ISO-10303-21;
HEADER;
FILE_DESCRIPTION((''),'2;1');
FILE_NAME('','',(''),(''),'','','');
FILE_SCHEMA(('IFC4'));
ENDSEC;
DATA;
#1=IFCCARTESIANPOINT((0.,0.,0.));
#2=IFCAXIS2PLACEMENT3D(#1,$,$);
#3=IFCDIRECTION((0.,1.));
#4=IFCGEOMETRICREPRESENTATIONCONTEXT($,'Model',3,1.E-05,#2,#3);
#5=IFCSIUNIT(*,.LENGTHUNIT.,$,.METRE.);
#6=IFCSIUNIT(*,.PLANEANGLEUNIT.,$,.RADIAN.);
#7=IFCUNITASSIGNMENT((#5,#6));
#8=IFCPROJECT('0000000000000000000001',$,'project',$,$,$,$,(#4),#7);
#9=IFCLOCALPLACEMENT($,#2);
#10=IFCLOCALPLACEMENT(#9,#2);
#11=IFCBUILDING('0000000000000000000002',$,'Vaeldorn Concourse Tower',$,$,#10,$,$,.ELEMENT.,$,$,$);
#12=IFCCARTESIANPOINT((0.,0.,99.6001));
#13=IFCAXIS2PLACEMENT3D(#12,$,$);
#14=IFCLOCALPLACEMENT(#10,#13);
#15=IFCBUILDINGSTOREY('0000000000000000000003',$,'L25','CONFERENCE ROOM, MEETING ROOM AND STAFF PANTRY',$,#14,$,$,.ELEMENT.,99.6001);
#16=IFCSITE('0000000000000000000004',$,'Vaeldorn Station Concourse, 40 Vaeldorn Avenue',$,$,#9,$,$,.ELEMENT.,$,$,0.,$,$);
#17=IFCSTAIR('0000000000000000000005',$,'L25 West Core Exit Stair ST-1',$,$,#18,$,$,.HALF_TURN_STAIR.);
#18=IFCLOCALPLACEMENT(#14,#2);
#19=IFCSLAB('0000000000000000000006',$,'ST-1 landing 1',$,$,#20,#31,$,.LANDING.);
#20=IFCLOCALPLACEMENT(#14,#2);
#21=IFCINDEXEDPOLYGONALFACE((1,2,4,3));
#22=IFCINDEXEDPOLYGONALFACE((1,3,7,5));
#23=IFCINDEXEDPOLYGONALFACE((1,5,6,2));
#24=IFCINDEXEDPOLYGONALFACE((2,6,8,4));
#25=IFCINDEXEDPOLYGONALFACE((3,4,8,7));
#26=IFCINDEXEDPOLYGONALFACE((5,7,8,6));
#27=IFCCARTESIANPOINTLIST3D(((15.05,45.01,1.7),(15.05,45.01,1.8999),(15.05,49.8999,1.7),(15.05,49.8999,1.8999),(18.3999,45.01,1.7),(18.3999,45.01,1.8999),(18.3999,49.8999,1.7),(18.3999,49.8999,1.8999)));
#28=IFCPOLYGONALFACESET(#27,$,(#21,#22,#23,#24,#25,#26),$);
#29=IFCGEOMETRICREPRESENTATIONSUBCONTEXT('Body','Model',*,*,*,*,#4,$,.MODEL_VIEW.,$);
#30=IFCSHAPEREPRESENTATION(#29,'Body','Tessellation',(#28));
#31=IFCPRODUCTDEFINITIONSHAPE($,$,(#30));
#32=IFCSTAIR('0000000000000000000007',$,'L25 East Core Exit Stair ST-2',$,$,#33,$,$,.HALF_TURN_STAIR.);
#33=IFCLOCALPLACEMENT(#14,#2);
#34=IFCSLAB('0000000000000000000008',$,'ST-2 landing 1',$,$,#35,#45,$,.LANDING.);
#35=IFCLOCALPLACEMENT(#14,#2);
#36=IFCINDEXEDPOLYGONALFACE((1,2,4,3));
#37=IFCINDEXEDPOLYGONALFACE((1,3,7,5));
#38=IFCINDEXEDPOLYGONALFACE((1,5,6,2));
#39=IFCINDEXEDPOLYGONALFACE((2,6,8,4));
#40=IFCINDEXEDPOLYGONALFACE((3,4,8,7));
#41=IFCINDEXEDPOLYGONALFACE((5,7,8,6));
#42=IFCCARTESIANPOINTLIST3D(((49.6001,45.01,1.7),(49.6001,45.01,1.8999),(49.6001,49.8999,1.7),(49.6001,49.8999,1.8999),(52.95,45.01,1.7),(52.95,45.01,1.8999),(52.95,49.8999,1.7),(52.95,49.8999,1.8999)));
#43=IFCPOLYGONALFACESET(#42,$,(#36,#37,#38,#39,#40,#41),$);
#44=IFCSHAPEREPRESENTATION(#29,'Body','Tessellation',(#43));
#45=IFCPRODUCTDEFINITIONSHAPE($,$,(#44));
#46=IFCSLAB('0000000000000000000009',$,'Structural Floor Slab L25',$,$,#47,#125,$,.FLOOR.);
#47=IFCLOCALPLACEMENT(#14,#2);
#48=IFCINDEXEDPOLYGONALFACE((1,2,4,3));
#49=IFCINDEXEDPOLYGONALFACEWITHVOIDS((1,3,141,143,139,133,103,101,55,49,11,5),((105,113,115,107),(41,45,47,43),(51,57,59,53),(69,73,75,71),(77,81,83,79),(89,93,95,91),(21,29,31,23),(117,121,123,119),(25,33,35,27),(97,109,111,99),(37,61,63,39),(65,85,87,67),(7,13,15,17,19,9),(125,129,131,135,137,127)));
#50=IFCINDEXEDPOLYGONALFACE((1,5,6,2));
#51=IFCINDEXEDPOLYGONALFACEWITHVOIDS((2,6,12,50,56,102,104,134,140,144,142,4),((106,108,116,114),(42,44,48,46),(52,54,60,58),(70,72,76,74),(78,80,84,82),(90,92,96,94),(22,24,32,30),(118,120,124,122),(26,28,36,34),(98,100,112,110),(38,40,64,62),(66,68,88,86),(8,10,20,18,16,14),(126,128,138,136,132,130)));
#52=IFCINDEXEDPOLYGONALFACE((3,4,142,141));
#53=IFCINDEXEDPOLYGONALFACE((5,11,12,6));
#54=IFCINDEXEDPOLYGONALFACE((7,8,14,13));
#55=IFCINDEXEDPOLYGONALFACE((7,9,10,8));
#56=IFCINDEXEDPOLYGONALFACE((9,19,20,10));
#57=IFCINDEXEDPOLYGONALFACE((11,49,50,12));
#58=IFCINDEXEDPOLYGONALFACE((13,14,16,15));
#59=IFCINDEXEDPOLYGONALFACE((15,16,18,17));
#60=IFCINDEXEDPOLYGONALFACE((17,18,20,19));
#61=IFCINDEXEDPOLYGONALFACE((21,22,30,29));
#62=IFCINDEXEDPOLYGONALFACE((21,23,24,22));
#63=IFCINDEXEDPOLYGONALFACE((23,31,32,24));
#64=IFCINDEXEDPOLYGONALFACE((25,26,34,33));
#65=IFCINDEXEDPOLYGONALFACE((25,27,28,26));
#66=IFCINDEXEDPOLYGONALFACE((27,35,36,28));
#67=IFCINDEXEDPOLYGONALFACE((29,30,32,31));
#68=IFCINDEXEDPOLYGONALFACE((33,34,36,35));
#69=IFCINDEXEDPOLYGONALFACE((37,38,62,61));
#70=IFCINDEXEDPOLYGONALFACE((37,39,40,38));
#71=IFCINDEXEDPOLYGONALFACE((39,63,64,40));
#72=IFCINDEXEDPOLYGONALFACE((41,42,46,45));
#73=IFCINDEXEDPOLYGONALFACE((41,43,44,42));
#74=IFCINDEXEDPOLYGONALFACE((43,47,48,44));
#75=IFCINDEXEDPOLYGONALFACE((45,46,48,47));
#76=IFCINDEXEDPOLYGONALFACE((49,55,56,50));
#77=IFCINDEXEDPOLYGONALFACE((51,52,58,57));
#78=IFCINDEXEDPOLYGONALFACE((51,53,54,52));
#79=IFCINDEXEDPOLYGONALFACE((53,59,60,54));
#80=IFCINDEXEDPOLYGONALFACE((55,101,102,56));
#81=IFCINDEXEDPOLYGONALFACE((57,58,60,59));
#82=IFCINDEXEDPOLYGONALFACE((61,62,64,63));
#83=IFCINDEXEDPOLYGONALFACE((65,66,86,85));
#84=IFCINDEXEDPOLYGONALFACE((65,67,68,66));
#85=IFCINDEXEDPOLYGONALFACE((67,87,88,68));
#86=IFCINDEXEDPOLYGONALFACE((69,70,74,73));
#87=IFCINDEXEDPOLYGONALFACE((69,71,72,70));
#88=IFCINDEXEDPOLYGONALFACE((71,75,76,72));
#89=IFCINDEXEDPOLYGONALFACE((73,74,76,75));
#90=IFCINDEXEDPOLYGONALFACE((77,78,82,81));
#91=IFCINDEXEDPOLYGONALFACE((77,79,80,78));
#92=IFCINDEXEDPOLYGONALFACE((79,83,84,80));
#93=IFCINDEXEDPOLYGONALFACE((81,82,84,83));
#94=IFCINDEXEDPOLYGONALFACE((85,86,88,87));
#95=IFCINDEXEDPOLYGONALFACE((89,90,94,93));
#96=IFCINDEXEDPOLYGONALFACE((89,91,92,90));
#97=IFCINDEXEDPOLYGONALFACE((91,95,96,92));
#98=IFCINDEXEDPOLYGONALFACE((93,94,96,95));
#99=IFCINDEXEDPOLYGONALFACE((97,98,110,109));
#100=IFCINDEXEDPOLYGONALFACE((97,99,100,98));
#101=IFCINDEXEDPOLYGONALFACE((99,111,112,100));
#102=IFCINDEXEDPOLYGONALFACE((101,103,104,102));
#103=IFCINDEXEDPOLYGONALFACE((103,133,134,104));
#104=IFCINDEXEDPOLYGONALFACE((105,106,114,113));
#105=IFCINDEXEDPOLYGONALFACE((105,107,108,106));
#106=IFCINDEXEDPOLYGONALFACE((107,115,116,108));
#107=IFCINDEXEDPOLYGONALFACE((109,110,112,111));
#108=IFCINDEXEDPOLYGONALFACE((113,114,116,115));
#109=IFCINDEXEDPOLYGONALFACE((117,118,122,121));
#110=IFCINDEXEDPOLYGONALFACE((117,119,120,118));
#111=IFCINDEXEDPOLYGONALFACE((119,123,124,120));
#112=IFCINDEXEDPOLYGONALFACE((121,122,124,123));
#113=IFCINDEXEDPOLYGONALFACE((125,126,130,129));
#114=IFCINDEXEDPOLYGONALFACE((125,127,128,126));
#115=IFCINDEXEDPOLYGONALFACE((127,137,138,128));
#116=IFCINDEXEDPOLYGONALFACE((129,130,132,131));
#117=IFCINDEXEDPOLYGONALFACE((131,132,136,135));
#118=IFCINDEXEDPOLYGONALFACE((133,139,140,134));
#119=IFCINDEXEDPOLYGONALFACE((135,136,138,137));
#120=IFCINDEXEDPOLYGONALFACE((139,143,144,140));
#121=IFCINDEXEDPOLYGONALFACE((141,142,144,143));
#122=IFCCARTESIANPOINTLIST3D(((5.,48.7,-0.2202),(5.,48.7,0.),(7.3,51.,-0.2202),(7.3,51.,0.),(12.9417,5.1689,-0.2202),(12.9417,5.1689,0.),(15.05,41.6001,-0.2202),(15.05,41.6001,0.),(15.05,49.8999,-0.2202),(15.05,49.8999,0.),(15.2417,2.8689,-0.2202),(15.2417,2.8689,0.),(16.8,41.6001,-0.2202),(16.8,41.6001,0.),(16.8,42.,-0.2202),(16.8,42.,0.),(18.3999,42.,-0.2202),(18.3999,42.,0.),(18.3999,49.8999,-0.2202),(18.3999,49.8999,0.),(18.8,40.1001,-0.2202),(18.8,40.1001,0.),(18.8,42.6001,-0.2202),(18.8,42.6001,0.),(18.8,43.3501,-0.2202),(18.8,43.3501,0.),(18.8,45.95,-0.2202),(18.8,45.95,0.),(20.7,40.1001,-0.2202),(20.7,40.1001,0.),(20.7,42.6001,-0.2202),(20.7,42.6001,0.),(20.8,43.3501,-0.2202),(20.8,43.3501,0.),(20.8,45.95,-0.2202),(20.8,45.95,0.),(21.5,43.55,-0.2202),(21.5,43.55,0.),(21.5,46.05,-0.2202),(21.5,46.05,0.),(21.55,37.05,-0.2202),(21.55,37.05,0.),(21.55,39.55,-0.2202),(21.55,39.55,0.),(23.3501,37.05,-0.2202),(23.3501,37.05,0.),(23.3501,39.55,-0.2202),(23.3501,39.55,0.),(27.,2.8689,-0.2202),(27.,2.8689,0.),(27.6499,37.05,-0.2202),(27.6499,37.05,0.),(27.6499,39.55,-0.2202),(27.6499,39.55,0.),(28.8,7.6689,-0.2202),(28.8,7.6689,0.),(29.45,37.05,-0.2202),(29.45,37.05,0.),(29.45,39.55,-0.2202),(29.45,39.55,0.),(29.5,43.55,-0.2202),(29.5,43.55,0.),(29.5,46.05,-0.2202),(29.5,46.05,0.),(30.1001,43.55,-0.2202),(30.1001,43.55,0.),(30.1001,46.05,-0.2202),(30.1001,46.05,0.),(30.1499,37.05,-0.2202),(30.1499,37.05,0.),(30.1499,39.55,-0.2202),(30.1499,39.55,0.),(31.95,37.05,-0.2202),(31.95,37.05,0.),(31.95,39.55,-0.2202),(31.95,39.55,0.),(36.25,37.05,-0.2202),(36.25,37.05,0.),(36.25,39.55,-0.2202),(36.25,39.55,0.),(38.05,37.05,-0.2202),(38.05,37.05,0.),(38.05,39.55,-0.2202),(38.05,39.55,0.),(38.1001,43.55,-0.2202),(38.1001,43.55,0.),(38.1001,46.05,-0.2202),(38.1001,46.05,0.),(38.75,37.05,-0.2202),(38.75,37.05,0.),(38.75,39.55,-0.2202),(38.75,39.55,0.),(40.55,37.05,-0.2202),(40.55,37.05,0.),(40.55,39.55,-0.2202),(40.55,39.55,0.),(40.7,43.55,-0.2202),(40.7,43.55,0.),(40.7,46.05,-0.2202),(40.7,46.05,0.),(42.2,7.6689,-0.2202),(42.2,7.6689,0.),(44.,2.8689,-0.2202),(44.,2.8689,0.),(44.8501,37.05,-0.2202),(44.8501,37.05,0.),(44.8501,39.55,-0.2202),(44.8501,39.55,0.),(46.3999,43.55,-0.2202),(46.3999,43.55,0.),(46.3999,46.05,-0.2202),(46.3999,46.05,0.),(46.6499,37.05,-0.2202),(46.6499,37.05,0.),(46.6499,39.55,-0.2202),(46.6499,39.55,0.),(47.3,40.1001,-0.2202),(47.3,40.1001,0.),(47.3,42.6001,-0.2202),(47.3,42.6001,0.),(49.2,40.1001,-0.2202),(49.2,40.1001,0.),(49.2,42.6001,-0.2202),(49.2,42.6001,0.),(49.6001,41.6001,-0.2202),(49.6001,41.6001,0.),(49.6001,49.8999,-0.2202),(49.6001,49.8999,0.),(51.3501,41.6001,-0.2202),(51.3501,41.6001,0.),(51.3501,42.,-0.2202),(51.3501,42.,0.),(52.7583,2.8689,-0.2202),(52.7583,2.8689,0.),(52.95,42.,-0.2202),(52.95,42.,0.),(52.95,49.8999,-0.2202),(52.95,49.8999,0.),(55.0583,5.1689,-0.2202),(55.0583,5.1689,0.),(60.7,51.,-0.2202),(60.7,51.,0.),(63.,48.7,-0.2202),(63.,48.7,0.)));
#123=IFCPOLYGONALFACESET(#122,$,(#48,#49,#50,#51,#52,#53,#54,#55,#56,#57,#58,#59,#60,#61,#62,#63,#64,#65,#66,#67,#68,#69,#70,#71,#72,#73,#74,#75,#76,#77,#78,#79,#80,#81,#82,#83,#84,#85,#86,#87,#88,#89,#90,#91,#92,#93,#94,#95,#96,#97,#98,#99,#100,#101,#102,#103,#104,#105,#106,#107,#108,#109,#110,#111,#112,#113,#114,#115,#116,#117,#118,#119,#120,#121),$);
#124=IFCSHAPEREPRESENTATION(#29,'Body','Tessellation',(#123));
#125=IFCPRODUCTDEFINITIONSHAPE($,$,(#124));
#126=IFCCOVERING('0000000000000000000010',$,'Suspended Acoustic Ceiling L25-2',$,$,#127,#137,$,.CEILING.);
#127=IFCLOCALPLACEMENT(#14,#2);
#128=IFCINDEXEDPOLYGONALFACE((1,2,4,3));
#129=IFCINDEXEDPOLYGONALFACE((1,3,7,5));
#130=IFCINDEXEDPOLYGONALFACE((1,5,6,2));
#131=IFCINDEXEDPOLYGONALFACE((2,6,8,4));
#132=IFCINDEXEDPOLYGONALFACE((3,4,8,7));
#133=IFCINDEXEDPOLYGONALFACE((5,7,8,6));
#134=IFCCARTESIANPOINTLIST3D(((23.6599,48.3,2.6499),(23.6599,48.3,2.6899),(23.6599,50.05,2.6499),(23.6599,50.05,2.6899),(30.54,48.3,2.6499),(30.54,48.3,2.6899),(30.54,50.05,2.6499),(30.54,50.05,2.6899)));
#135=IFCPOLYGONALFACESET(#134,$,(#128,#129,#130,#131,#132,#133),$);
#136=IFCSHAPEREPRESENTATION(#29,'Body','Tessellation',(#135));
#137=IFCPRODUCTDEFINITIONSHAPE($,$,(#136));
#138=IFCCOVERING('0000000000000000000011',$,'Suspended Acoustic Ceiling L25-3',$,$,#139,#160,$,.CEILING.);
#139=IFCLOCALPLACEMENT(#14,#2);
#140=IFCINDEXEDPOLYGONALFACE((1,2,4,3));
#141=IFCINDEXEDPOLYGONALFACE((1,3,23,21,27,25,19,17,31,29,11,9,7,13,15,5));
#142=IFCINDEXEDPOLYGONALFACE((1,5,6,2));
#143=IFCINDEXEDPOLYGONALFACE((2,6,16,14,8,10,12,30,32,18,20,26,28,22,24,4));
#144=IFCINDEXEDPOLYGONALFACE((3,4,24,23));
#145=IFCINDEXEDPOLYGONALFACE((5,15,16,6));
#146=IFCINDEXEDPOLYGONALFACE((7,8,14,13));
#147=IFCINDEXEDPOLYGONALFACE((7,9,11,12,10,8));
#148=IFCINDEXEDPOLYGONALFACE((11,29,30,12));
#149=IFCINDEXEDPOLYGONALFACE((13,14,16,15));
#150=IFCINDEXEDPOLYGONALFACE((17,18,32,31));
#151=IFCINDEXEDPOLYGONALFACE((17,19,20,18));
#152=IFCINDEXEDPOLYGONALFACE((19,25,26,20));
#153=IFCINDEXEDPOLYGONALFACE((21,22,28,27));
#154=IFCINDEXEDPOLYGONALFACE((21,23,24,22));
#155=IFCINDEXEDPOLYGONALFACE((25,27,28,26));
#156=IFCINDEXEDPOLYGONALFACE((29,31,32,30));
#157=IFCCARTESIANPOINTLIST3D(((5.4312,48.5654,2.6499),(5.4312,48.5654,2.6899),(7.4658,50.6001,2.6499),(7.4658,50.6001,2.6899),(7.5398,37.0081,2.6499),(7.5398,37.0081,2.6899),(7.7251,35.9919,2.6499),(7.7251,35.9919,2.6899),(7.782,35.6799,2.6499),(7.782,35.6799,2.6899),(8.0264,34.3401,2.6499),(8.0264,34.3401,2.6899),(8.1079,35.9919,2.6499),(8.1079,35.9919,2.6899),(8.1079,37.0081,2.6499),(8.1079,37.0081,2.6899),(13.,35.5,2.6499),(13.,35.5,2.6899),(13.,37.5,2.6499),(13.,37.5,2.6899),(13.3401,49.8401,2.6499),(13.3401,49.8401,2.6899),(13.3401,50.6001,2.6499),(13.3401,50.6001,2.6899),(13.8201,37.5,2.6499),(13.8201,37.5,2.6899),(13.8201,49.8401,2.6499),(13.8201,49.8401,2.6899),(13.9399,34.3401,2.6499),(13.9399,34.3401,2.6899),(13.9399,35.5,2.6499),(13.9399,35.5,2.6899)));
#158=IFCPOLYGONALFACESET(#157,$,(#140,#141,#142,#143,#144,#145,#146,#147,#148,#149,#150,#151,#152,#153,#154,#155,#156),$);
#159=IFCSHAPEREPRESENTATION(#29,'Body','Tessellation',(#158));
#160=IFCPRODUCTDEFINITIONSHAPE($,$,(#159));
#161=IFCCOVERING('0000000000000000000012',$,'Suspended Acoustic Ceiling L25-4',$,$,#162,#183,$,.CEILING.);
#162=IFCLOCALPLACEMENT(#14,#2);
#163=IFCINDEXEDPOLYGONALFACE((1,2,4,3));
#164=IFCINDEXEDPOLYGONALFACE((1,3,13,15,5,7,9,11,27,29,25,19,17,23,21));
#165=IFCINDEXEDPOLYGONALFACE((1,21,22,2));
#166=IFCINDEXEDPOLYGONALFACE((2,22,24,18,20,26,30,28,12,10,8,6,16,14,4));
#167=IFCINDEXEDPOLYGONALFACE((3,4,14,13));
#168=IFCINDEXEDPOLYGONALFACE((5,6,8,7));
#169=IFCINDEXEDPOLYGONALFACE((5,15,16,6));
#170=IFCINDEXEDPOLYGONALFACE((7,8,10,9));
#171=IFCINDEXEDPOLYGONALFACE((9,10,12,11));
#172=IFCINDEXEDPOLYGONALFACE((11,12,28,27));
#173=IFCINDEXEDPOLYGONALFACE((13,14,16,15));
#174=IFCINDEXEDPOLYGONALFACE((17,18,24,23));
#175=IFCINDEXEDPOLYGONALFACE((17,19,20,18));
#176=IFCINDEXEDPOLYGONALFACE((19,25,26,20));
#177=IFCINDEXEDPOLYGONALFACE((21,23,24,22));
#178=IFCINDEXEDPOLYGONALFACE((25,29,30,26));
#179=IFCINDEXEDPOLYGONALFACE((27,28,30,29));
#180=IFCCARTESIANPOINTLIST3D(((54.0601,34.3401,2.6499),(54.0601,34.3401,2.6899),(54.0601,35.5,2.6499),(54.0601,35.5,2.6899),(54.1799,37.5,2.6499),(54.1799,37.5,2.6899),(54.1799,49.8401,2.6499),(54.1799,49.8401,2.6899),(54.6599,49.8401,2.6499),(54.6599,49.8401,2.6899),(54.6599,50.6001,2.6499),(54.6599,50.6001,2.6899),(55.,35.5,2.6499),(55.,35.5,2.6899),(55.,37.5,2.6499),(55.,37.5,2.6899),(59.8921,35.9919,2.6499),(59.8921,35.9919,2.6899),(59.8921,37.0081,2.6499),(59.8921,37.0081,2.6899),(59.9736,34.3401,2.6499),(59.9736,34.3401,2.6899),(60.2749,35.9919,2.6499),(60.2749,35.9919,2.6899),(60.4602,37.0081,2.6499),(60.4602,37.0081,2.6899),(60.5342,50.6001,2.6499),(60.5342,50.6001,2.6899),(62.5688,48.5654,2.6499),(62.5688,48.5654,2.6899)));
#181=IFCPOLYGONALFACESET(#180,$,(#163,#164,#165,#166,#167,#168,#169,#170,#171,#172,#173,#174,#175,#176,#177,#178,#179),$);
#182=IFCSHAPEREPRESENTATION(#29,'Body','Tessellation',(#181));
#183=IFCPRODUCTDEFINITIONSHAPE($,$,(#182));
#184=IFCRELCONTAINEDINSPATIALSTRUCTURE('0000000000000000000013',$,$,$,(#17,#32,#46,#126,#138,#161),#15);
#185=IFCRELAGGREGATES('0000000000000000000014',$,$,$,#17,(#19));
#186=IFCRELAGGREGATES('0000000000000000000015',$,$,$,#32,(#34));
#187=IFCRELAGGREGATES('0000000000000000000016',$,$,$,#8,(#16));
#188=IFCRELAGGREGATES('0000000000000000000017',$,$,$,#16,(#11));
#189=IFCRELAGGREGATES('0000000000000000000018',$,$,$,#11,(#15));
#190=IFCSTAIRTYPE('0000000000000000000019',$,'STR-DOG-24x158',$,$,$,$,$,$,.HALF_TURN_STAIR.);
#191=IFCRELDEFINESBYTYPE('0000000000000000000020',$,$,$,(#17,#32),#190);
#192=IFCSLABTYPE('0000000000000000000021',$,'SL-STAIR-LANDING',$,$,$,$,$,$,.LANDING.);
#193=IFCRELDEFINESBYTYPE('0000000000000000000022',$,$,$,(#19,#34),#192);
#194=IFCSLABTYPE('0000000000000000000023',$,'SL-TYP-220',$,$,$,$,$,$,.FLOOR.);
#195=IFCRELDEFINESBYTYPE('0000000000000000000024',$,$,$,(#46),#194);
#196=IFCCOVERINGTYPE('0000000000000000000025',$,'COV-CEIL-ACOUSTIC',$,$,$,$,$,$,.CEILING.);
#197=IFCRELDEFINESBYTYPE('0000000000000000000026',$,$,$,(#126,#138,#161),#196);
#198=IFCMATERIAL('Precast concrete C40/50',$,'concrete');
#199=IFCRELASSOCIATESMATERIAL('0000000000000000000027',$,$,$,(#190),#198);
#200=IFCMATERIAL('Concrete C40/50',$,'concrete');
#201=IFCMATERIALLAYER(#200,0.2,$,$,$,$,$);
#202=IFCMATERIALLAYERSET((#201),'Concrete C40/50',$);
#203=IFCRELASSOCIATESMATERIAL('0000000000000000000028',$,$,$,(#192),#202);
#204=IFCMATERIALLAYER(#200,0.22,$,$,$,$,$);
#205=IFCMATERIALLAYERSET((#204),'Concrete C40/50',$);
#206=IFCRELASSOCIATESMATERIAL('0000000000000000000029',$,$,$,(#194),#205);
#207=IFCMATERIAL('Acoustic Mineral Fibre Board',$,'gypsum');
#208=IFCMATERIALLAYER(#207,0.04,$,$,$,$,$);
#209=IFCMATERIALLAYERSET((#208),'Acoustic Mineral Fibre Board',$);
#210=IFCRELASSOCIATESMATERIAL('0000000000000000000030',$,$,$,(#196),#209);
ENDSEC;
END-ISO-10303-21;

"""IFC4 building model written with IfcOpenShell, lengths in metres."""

from ifc_helpers import new_model, si_unit, direction, frame, origin, place, context, subcontext, project, spatial, polyline, outline, extrude, material, layer, layer_set, type_object, element, aggregate, save


model = new_model("IFC4")

# Units and contexts
model_context = context("Model", 3, precision=1e-05, world=origin(), true_north=direction((0.0, 1.0)))
body_context = subcontext(model_context, "Body", "Model", "MODEL_VIEW")
ifc_project = project(units=[si_unit("LENGTHUNIT", "METRE"), si_unit("PLANEANGLEUNIT", "RADIAN")], contexts=[model_context])

# Site, building, storey
site_placement = place(None, origin())
site = spatial("IfcSite", under=ifc_project, at=site_placement, Name="Vaeldorn Station Concourse, 40 Vaeldorn Avenue", CompositionType="ELEMENT", RefElevation=0.0)
building_placement = place(site_placement, origin())
building = spatial("IfcBuilding", under=site, at=building_placement, Name="Vaeldorn Concourse Tower", CompositionType="ELEMENT")
storey_placement = place(building_placement, frame((0.0, 0.0, 99.6001)))
storey = spatial("IfcBuildingStorey", under=building, at=storey_placement, Name="L25", Description="CONFERENCE ROOM, MEETING ROOM AND STAFF PANTRY", CompositionType="ELEMENT", Elevation=99.6001)

# Stairs, slabs
ifc_material_1 = material(Name="Precast concrete C40/50", Category="concrete")
stair_type = type_object("IfcStairType", Name="STR-DOG-24x158", PredefinedType="HALF_TURN_STAIR", material=ifc_material_1)
stair_1_placement = place(storey_placement, origin())
stair_1 = element("IfcStair", 1, at=stair_1_placement, inside=storey, type_object=stair_type, Name="L25 West Core Exit Stair ST-1", PredefinedType="HALF_TURN_STAIR")
ifc_material_2 = material(Name="Concrete C40/50", Category="concrete")
ifc_layer_1 = layer(ifc_material_2, 0.2)
ifc_layer_set_1 = layer_set([ifc_layer_1], Name="Concrete C40/50")
slab_type_1 = type_object("IfcSlabType", Name="SL-STAIR-LANDING", PredefinedType="LANDING", material=ifc_layer_set_1)
slab_1_placement = place(storey_placement, frame((0.0, 0.0, 1.7)))
slab_1 = element("IfcSlab", 2, at=slab_1_placement, type_object=slab_type_1, Name="ST-1 landing 1", PredefinedType="LANDING", context=body_context, shape_type="SweptSolid", body=[
    extrude(outline(polyline([(18.3999, 45.01), (18.3999, 49.8999), (15.05, 49.8999), (15.05, 45.01), (18.3999, 45.01)])), origin(), (0.0, 0.0, 1.0), 0.2),
])
aggregate(stair_1, [slab_1])
stair_2_placement = place(storey_placement, origin())
stair_2 = element("IfcStair", 3, at=stair_2_placement, inside=storey, type_object=stair_type, Name="L25 East Core Exit Stair ST-2", PredefinedType="HALF_TURN_STAIR")
slab_2_placement = place(storey_placement, frame((0.0, 0.0, 1.7)))
slab_2 = element("IfcSlab", 4, at=slab_2_placement, type_object=slab_type_1, Name="ST-2 landing 1", PredefinedType="LANDING", context=body_context, shape_type="SweptSolid", body=[
    extrude(outline(polyline([(52.95, 45.01), (52.95, 49.8999), (49.6001, 49.8999), (49.6001, 45.01), (52.95, 45.01)])), origin(), (0.0, 0.0, 1.0), 0.2),
])
aggregate(stair_2, [slab_2])

# Slab
ifc_layer_2 = layer(ifc_material_2, 0.22)
ifc_layer_set_2 = layer_set([ifc_layer_2], Name="Concrete C40/50")
slab_type_2 = type_object("IfcSlabType", Name="SL-TYP-220", PredefinedType="FLOOR", material=ifc_layer_set_2)
slab_3_placement = place(storey_placement, frame((0.0, 0.0, -0.2202)))
element("IfcSlab", 5, at=slab_3_placement, inside=storey, type_object=slab_type_2, Name="Structural Floor Slab L25", PredefinedType="FLOOR", context=body_context, shape_type="SweptSolid", body=[
    extrude(outline(polyline([(15.2417, 2.8689), (27.0, 2.8689), (28.8, 7.6689), (42.2, 7.6689), (44.0, 2.8689), (52.7583, 2.8689), (55.0583, 5.1689), (63.0, 48.7), (60.7, 51.0), (7.3, 51.0), (5.0, 48.7), (12.9417, 5.1689), (15.2417, 2.8689)]), holes=[polyline([(18.3999, 42.0), (18.3999, 49.8999), (15.05, 49.8999), (15.05, 41.6001), (16.8, 41.6001), (16.8, 42.0), (18.3999, 42.0)]), polyline([(52.95, 42.0), (52.95, 49.8999), (49.6001, 49.8999), (49.6001, 41.6001), (51.3501, 41.6001), (51.3501, 42.0), (52.95, 42.0)]), polyline([(21.55, 37.05), (23.3501, 37.05), (23.3501, 39.55), (21.55, 39.55), (21.55, 37.05)]), polyline([(27.6499, 37.05), (29.45, 37.05), (29.45, 39.55), (27.6499, 39.55), (27.6499, 37.05)]), polyline([(21.5, 43.55), (29.5, 43.55), (29.5, 46.05), (21.5, 46.05), (21.5, 43.55)]), polyline([(30.1499, 37.05), (31.95, 37.05), (31.95, 39.55), (30.1499, 39.55), (30.1499, 37.05)]), polyline([(36.25, 37.05), (38.05, 37.05), (38.05, 39.55), (36.25, 39.55), (36.25, 37.05)]), polyline([(30.1001, 43.55), (38.1001, 43.55), (38.1001, 46.05), (30.1001, 46.05), (30.1001, 43.55)]), polyline([(38.75, 37.05), (40.55, 37.05), (40.55, 39.55), (38.75, 39.55), (38.75, 37.05)]), polyline([(44.8501, 37.05), (46.6499, 37.05), (46.6499, 39.55), (44.8501, 39.55), (44.8501, 37.05)]), polyline([(40.7, 43.55), (46.3999, 43.55), (46.3999, 46.05), (40.7, 46.05), (40.7, 43.55)]), polyline([(18.8, 43.3501), (20.8, 43.3501), (20.8, 45.95), (18.8, 45.95), (18.8, 43.3501)]), polyline([(18.8, 40.1001), (20.7, 40.1001), (20.7, 42.6001), (18.8, 42.6001), (18.8, 40.1001)]), polyline([(47.3, 40.1001), (49.2, 40.1001), (49.2, 42.6001), (47.3, 42.6001), (47.3, 40.1001)])]), origin(), (0.0, 0.0, 1.0), 0.2202),
])

# Coverings
ifc_material_3 = material(Name="Acoustic Mineral Fibre Board", Category="gypsum")
ifc_layer_3 = layer(ifc_material_3, 0.04)
ifc_layer_set_3 = layer_set([ifc_layer_3], Name="Acoustic Mineral Fibre Board")
covering_type_1 = type_object("IfcCoveringType", Name="COV-CEIL-ACOUSTIC", PredefinedType="CEILING", material=ifc_layer_set_3)
covering_1_placement = place(storey_placement, frame((0.0, 0.0, 2.6499)))
element("IfcCovering", 6, at=covering_1_placement, inside=storey, type_object=covering_type_1, Name="Suspended Acoustic Ceiling L25-2", PredefinedType="CEILING", context=body_context, shape_type="SweptSolid", body=[
    extrude(outline(polyline([(30.54, 50.05), (30.54, 48.3), (23.6599, 48.3), (23.6599, 50.05), (30.54, 50.05)])), origin(), (0.0, 0.0, 1.0), 0.04),
])
covering_2_placement = place(storey_placement, frame((0.0, 0.0, 2.6499)))
element("IfcCovering", 7, at=covering_2_placement, inside=storey, type_object=covering_type_1, Name="Suspended Acoustic Ceiling L25-3", PredefinedType="CEILING", context=body_context, shape_type="SweptSolid", body=[
    extrude(outline(polyline([(7.4658, 50.6001), (13.3401, 50.6001), (13.3401, 49.8401), (13.8201, 49.8401), (13.8201, 37.5), (13.0, 37.5), (13.0, 35.5), (13.9399, 35.5), (13.9399, 34.3401), (8.0264, 34.3401), (7.782, 35.6799), (7.782, 35.6799), (7.7251, 35.9919), (8.1079, 35.9919), (8.1079, 37.0081), (7.5398, 37.0081), (5.4312, 48.5654), (7.4658, 50.6001)])), origin(), (0.0, 0.0, 1.0), 0.04),
])
covering_3_placement = place(storey_placement, frame((0.0, 0.0, 2.6499)))
element("IfcCovering", 8, at=covering_3_placement, inside=storey, type_object=covering_type_1, Name="Suspended Acoustic Ceiling L25-4", PredefinedType="CEILING", context=body_context, shape_type="SweptSolid", body=[
    extrude(outline(polyline([(54.1799, 49.8401), (54.6599, 49.8401), (54.6599, 50.6001), (60.5342, 50.6001), (62.5688, 48.5654), (60.4602, 37.0081), (59.8921, 37.0081), (59.8921, 35.9919), (60.2749, 35.9919), (59.9736, 34.3401), (54.0601, 34.3401), (54.0601, 35.5), (55.0, 35.5), (55.0, 37.5), (54.1799, 37.5), (54.1799, 49.8401)])), origin(), (0.0, 0.0, 1.0), 0.04),
])

save(model, "model.ifc")
